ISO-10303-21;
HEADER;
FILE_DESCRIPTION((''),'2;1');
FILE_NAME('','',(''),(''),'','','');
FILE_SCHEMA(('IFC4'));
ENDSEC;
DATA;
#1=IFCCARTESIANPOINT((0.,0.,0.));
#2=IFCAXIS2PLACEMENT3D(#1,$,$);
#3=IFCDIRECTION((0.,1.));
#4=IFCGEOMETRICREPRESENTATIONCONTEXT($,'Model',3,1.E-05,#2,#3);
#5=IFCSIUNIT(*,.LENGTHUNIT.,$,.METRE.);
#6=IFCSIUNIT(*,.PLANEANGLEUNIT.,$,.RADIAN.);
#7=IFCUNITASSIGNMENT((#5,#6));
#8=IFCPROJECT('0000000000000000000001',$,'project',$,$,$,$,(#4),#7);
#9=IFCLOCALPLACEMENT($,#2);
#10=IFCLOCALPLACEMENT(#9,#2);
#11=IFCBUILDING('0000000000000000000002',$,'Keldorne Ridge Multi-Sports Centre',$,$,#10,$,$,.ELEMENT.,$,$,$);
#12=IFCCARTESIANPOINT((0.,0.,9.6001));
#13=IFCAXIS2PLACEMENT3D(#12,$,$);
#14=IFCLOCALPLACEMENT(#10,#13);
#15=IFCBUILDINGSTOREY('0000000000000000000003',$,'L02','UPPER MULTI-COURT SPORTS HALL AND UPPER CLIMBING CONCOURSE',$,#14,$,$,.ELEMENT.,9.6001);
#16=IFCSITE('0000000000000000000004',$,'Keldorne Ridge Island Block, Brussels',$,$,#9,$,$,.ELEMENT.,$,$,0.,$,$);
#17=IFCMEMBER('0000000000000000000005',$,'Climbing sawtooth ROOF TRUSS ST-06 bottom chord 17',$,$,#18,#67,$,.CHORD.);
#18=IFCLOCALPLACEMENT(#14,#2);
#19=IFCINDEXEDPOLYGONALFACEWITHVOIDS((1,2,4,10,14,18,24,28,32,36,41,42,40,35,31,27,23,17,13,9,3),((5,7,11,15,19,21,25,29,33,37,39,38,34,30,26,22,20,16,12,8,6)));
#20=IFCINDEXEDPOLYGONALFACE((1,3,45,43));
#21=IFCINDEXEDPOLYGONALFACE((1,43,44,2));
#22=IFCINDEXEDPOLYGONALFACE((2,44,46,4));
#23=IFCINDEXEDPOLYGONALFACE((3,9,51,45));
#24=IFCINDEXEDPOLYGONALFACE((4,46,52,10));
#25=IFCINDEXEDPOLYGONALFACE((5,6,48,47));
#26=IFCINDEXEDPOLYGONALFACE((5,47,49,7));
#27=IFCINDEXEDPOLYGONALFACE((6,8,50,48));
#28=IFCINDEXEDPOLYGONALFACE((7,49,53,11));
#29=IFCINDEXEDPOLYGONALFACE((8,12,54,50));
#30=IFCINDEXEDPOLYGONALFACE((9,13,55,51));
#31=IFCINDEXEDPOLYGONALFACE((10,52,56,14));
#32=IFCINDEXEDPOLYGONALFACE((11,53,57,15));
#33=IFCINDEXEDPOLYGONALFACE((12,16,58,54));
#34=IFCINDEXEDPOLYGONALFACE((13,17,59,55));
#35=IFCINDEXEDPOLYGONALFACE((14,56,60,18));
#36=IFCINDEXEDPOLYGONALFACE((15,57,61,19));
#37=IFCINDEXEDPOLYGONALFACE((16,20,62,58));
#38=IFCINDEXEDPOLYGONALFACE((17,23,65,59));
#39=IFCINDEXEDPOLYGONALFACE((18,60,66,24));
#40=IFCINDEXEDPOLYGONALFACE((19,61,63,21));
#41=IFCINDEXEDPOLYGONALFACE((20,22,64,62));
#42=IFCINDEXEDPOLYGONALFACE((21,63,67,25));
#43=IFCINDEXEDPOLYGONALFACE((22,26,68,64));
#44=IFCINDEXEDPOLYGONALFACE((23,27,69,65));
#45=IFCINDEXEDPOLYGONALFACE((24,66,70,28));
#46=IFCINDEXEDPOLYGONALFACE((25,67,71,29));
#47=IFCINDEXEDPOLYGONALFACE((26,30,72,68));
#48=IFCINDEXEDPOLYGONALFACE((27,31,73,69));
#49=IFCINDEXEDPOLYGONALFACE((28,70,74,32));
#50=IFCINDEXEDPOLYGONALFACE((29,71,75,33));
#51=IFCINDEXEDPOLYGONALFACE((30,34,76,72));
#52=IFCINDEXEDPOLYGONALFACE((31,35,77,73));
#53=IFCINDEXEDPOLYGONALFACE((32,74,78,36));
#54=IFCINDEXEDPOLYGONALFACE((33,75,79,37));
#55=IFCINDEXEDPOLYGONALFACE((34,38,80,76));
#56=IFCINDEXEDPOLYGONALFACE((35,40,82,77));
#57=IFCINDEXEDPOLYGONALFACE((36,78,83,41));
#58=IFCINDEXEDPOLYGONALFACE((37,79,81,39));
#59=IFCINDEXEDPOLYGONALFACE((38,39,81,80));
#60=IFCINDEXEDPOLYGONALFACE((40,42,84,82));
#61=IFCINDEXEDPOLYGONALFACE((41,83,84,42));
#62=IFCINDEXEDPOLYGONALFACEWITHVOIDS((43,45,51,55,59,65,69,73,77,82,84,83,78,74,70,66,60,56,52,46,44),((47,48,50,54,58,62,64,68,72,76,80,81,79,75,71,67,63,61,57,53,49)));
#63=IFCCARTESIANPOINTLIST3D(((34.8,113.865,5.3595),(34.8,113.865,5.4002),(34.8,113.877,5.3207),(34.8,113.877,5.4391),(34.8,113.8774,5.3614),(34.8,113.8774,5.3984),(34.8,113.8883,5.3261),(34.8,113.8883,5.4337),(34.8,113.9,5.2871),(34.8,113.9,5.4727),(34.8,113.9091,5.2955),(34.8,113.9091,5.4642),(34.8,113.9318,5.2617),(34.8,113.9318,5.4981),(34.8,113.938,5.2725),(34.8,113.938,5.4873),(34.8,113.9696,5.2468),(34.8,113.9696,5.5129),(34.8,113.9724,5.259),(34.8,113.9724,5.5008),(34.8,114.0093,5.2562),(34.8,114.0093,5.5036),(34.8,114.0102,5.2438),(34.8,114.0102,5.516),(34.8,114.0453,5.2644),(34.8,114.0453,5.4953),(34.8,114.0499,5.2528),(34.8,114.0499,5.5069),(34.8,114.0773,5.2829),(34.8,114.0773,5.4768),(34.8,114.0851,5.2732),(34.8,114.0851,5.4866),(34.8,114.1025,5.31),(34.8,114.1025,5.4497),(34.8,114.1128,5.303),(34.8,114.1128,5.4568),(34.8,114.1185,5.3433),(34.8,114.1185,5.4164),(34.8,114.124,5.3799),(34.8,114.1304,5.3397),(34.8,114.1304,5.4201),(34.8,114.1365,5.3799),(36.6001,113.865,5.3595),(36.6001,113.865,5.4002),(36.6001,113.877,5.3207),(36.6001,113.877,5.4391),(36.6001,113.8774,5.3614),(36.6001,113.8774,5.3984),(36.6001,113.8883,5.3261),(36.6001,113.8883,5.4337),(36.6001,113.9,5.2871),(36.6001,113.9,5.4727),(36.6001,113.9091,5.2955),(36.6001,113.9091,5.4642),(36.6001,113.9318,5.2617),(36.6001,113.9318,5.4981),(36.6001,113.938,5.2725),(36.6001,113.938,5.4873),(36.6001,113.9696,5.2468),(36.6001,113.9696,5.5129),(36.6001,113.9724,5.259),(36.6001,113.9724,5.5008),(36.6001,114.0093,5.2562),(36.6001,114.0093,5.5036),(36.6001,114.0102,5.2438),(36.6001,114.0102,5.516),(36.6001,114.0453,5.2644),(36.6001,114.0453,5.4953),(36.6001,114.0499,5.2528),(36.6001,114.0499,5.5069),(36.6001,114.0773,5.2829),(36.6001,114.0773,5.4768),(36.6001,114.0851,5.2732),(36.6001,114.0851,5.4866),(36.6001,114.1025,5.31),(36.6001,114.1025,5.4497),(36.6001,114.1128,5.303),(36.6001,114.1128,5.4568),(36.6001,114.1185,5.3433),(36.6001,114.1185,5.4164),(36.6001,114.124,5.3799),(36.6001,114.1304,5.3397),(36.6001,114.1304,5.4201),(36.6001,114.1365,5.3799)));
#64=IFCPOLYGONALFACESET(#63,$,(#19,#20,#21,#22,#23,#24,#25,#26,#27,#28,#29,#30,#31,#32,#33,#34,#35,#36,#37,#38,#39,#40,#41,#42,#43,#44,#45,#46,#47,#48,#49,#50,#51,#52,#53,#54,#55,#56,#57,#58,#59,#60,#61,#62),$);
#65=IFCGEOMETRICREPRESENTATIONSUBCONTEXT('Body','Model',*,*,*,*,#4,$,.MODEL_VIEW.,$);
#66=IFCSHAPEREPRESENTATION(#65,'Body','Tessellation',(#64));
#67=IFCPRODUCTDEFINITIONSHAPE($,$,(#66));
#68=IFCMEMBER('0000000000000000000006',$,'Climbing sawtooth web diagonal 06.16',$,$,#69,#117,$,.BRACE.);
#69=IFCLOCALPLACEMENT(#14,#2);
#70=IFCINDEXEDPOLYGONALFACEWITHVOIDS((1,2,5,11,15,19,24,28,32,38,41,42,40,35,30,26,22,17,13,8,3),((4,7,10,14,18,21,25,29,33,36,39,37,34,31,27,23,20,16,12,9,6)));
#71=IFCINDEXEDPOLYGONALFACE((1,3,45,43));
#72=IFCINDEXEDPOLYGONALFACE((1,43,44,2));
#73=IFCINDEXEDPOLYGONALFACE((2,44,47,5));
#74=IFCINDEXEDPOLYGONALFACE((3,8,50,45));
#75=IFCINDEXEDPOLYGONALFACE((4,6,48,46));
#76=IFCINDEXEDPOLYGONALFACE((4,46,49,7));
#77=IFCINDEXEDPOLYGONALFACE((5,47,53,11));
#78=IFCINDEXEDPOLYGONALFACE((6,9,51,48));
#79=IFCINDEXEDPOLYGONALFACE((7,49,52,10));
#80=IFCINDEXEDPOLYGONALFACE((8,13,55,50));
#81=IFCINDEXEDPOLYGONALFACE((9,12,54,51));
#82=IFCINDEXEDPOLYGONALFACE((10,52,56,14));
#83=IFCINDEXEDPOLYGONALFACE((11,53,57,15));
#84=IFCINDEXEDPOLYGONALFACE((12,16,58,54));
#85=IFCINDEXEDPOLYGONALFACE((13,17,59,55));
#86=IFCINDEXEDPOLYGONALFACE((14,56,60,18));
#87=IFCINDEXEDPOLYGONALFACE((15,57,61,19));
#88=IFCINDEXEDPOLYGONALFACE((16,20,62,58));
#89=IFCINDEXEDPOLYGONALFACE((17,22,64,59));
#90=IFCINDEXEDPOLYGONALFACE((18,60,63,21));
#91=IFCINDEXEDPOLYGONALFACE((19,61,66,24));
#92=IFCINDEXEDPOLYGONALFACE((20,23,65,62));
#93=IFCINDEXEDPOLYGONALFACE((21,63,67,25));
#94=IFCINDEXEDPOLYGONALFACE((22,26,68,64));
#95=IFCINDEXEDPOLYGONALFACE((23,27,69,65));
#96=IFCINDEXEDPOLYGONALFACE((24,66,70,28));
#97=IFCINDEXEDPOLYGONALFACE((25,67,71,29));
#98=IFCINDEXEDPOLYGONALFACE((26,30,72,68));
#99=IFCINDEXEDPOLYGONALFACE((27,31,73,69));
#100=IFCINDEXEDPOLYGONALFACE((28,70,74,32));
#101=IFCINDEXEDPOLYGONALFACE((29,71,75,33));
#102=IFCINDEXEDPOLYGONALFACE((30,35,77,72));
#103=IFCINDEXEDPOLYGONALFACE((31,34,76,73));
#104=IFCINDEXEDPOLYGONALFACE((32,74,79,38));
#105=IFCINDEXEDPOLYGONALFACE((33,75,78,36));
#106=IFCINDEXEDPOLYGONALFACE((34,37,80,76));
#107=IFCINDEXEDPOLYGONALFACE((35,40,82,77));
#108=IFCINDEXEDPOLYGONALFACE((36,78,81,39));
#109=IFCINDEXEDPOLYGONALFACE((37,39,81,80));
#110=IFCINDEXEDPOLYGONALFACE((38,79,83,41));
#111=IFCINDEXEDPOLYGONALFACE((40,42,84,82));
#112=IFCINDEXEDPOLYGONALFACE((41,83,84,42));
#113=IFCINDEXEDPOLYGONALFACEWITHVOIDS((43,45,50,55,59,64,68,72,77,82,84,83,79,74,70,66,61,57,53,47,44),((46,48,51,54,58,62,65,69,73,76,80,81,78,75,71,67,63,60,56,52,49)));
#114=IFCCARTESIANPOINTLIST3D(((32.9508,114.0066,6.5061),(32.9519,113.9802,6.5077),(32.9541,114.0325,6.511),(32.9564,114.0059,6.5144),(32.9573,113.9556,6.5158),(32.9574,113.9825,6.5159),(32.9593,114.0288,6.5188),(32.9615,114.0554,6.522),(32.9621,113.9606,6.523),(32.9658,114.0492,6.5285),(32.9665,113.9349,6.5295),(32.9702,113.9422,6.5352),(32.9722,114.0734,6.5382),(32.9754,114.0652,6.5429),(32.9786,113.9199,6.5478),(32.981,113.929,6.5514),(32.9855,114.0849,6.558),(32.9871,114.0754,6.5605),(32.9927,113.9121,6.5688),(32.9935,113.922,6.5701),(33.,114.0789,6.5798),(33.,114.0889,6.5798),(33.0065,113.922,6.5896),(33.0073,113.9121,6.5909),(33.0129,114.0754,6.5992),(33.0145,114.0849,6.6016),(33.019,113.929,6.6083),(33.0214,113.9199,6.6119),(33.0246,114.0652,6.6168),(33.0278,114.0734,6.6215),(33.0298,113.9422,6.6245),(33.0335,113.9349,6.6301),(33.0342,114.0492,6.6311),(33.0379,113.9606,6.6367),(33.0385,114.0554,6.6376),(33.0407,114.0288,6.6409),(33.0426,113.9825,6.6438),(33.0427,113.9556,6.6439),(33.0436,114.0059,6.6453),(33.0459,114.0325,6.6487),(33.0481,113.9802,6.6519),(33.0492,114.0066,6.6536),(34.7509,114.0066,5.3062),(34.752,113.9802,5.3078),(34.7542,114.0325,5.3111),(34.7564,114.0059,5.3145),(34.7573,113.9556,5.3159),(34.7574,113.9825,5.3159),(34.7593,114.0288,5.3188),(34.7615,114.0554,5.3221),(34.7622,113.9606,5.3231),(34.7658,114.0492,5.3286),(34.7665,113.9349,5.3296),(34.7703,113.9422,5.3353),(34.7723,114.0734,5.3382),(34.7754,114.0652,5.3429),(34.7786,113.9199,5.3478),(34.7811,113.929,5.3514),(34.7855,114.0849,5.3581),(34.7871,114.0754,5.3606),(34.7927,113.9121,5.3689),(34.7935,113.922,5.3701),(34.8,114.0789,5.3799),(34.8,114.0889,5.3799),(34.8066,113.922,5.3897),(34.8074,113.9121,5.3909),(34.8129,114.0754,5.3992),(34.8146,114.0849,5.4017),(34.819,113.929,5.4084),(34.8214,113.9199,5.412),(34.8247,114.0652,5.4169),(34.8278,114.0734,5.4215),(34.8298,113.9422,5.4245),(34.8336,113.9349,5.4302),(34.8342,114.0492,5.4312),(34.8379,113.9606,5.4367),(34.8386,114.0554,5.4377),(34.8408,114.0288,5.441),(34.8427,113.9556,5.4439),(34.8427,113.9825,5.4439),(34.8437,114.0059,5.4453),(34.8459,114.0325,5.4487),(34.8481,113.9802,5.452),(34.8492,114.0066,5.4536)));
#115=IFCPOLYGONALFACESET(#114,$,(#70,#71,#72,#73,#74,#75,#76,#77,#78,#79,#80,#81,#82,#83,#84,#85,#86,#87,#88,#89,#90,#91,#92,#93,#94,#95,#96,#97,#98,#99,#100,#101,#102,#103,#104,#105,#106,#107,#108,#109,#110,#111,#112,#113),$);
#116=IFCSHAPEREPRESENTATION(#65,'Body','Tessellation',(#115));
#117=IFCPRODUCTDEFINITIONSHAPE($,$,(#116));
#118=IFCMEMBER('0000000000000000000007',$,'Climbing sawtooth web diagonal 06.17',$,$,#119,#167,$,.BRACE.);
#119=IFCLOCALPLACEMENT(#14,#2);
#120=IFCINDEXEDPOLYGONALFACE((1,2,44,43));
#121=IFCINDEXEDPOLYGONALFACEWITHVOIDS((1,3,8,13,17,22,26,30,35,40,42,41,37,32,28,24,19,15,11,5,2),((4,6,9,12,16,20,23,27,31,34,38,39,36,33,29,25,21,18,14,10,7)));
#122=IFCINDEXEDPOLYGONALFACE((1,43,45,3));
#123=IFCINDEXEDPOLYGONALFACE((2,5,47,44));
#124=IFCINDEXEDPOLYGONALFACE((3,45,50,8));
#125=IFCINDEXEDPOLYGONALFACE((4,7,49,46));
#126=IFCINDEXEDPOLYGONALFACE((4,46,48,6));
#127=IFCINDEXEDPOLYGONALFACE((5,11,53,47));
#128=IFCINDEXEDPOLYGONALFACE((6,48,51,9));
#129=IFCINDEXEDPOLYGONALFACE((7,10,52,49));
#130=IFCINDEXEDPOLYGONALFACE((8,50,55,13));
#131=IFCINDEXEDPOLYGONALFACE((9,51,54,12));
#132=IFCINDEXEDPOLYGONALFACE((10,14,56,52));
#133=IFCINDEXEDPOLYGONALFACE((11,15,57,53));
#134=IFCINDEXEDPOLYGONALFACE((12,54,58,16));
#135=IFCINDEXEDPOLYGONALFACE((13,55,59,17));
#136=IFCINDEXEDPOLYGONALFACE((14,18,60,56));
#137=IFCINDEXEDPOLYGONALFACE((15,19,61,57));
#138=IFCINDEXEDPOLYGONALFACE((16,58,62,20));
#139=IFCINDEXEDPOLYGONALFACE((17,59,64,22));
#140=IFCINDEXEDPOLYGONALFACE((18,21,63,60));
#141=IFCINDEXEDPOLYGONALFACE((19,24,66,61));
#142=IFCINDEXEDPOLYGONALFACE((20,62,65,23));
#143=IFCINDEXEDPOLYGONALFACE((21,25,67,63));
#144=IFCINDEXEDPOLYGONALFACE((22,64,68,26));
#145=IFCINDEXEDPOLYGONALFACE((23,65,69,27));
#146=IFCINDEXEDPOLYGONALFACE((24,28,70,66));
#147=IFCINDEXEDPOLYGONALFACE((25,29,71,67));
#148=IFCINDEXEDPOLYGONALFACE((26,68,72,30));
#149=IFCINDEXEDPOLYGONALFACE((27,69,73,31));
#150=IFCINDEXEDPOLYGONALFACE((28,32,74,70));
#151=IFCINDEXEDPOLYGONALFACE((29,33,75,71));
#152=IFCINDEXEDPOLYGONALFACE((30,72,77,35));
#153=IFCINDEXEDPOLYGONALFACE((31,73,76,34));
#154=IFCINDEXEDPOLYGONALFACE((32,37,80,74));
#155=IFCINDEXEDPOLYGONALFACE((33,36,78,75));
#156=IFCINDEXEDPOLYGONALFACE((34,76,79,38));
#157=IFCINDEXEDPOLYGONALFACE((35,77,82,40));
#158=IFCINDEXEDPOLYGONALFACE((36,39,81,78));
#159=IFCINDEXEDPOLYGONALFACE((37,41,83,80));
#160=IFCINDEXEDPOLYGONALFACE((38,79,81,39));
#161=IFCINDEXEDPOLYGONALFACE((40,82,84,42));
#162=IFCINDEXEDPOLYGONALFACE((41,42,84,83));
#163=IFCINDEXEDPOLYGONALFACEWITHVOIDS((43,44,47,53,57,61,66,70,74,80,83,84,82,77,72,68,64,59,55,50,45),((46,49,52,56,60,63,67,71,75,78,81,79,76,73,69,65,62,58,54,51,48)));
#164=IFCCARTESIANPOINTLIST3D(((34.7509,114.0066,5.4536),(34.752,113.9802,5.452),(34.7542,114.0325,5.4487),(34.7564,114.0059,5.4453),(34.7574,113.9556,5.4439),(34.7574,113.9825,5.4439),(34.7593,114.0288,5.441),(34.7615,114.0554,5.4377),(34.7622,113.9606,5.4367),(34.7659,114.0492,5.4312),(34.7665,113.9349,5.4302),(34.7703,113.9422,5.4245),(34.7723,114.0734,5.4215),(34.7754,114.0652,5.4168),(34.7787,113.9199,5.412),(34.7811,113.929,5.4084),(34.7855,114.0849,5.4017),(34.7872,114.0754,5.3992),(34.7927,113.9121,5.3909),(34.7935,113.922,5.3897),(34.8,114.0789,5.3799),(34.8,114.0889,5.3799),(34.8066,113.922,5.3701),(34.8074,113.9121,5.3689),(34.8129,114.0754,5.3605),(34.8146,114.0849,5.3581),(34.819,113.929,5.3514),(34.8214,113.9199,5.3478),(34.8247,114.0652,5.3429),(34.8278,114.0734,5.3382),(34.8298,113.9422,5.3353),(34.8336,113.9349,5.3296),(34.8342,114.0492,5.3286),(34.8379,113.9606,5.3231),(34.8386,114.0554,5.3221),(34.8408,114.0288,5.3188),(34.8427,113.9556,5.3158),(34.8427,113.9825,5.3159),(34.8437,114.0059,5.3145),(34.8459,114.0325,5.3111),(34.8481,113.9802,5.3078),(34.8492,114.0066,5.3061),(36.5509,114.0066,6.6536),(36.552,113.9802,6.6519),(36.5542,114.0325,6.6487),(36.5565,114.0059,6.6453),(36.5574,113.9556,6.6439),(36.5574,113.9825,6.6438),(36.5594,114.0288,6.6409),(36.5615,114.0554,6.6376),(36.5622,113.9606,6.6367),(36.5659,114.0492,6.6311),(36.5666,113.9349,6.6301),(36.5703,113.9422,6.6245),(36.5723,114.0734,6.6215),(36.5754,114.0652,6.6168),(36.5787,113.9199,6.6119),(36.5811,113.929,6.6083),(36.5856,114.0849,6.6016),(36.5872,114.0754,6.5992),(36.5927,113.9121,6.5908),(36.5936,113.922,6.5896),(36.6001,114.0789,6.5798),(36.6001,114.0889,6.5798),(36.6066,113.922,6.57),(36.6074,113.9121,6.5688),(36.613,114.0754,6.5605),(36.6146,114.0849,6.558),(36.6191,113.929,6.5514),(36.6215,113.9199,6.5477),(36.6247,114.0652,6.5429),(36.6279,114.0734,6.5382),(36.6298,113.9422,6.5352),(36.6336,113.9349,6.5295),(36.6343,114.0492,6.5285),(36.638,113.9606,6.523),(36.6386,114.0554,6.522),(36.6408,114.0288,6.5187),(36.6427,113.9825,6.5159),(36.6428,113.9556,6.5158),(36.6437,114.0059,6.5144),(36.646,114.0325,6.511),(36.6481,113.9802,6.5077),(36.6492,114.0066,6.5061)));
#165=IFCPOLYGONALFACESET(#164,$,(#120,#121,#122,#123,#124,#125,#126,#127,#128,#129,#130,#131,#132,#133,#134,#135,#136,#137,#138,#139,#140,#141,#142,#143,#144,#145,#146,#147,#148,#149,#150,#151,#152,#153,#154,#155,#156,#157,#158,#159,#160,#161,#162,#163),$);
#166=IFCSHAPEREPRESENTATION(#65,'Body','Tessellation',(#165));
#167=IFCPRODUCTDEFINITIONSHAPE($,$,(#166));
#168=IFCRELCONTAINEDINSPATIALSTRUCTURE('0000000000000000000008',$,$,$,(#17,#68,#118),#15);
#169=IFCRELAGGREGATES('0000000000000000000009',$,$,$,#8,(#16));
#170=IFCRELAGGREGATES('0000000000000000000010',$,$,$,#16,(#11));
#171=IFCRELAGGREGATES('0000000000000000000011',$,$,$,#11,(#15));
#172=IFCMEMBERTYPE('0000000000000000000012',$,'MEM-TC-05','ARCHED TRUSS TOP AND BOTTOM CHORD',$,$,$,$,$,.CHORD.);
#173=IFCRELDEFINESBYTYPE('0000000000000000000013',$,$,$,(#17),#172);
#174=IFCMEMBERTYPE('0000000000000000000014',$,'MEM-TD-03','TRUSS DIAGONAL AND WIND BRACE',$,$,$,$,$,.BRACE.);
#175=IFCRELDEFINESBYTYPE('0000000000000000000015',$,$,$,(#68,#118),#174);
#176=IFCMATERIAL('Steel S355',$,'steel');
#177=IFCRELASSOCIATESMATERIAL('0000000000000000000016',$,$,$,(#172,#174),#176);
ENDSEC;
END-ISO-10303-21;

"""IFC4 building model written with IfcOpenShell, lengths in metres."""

from ifc_helpers import new_model, si_unit, direction, frame, origin, origin_2d, place, context, subcontext, project, spatial, hollow_circle, extrude, material, material_profile, profile_set, type_object, element, save


model = new_model("IFC4")

# Units and contexts
model_context = context("Model", 3, precision=1e-05, world=origin(), true_north=direction((0.0, 1.0)))
body_context = subcontext(model_context, "Body", "Model", "MODEL_VIEW")
ifc_project = project(units=[si_unit("LENGTHUNIT", "METRE"), si_unit("PLANEANGLEUNIT", "RADIAN")], contexts=[model_context])

# Site, building, storey
site_placement = place(None, origin())
site = spatial("IfcSite", under=ifc_project, at=site_placement, Name="Keldorne Ridge Island Block, Brussels", CompositionType="ELEMENT", RefElevation=0.0)
building_placement = place(site_placement, origin())
building = spatial("IfcBuilding", under=site, at=building_placement, Name="Keldorne Ridge Multi-Sports Centre", CompositionType="ELEMENT")
storey_placement = place(building_placement, frame((0.0, 0.0, 9.6001)))
storey = spatial("IfcBuildingStorey", under=building, at=storey_placement, Name="L02", Description="UPPER MULTI-COURT SPORTS HALL AND UPPER CLIMBING CONCOURSE", CompositionType="ELEMENT", Elevation=9.6001)

# Shared definitions
ifc_material_1 = material(Name="Steel S355", Category="steel")

# Members
ifc_material_profile_1 = material_profile(ifc_material_1, hollow_circle(Radius=0.1365, WallThickness=0.0125, at=origin_2d()), Name="CHS 273x12.5")
ifc_profile_set_1 = profile_set([ifc_material_profile_1], Name="Steel S355")
member_type_1 = type_object("IfcMemberType", Name="MEM-TC-05", Description="ARCHED TRUSS TOP AND BOTTOM CHORD", PredefinedType="CHORD", material=ifc_profile_set_1)
for number, where, z_axis, x_axis, name in (
    (1, (34.8, 114.0, 5.3799), (1.0, 0.0, 0.0), (0.0, 1.0, 0.0), "Climbing sawtooth ROOF TRUSS ST-06 bottom chord 17"),
):
    element("IfcMember", number, at=place(storey_placement, frame(where, z_axis=z_axis, x_axis=x_axis)), inside=storey, type_object=member_type_1, Name=name, PredefinedType="CHORD", context=body_context, shape_type="SweptSolid", body=[
        extrude(hollow_circle(Radius=0.1365, WallThickness=0.0125, at=origin_2d()), origin(), (0.0, 0.0, 1.0), 1.8),
    ])
ifc_material_profile_2 = material_profile(ifc_material_1, hollow_circle(Radius=0.0889, WallThickness=0.01, at=origin_2d()), Name="CHS 177.8x10")
ifc_profile_set_2 = profile_set([ifc_material_profile_2], Name="Steel S355")
member_type_2 = type_object("IfcMemberType", Name="MEM-TD-03", Description="TRUSS DIAGONAL AND WIND BRACE", PredefinedType="BRACE", material=ifc_profile_set_2)
for number, where, z_axis, x_axis, name in (
    (2, (33.0, 114.0, 6.5798), (0.832068, 0.0, -0.554674), (0.0, 1.0, 0.0), "Climbing sawtooth web diagonal 06.16"),
    (3, (34.8, 114.0, 5.3799), (0.832068, 0.0, 0.554674), (0.0, 1.0, 0.0), "Climbing sawtooth web diagonal 06.17"),
):
    element("IfcMember", number, at=place(storey_placement, frame(where, z_axis=z_axis, x_axis=x_axis)), inside=storey, type_object=member_type_2, Name=name, PredefinedType="BRACE", context=body_context, shape_type="SweptSolid", body=[
        extrude(hollow_circle(Radius=0.0889, WallThickness=0.01, at=origin_2d()), origin(), (0.0, 0.0, 1.0), 2.1633),
    ])

save(model, "model.ifc")
